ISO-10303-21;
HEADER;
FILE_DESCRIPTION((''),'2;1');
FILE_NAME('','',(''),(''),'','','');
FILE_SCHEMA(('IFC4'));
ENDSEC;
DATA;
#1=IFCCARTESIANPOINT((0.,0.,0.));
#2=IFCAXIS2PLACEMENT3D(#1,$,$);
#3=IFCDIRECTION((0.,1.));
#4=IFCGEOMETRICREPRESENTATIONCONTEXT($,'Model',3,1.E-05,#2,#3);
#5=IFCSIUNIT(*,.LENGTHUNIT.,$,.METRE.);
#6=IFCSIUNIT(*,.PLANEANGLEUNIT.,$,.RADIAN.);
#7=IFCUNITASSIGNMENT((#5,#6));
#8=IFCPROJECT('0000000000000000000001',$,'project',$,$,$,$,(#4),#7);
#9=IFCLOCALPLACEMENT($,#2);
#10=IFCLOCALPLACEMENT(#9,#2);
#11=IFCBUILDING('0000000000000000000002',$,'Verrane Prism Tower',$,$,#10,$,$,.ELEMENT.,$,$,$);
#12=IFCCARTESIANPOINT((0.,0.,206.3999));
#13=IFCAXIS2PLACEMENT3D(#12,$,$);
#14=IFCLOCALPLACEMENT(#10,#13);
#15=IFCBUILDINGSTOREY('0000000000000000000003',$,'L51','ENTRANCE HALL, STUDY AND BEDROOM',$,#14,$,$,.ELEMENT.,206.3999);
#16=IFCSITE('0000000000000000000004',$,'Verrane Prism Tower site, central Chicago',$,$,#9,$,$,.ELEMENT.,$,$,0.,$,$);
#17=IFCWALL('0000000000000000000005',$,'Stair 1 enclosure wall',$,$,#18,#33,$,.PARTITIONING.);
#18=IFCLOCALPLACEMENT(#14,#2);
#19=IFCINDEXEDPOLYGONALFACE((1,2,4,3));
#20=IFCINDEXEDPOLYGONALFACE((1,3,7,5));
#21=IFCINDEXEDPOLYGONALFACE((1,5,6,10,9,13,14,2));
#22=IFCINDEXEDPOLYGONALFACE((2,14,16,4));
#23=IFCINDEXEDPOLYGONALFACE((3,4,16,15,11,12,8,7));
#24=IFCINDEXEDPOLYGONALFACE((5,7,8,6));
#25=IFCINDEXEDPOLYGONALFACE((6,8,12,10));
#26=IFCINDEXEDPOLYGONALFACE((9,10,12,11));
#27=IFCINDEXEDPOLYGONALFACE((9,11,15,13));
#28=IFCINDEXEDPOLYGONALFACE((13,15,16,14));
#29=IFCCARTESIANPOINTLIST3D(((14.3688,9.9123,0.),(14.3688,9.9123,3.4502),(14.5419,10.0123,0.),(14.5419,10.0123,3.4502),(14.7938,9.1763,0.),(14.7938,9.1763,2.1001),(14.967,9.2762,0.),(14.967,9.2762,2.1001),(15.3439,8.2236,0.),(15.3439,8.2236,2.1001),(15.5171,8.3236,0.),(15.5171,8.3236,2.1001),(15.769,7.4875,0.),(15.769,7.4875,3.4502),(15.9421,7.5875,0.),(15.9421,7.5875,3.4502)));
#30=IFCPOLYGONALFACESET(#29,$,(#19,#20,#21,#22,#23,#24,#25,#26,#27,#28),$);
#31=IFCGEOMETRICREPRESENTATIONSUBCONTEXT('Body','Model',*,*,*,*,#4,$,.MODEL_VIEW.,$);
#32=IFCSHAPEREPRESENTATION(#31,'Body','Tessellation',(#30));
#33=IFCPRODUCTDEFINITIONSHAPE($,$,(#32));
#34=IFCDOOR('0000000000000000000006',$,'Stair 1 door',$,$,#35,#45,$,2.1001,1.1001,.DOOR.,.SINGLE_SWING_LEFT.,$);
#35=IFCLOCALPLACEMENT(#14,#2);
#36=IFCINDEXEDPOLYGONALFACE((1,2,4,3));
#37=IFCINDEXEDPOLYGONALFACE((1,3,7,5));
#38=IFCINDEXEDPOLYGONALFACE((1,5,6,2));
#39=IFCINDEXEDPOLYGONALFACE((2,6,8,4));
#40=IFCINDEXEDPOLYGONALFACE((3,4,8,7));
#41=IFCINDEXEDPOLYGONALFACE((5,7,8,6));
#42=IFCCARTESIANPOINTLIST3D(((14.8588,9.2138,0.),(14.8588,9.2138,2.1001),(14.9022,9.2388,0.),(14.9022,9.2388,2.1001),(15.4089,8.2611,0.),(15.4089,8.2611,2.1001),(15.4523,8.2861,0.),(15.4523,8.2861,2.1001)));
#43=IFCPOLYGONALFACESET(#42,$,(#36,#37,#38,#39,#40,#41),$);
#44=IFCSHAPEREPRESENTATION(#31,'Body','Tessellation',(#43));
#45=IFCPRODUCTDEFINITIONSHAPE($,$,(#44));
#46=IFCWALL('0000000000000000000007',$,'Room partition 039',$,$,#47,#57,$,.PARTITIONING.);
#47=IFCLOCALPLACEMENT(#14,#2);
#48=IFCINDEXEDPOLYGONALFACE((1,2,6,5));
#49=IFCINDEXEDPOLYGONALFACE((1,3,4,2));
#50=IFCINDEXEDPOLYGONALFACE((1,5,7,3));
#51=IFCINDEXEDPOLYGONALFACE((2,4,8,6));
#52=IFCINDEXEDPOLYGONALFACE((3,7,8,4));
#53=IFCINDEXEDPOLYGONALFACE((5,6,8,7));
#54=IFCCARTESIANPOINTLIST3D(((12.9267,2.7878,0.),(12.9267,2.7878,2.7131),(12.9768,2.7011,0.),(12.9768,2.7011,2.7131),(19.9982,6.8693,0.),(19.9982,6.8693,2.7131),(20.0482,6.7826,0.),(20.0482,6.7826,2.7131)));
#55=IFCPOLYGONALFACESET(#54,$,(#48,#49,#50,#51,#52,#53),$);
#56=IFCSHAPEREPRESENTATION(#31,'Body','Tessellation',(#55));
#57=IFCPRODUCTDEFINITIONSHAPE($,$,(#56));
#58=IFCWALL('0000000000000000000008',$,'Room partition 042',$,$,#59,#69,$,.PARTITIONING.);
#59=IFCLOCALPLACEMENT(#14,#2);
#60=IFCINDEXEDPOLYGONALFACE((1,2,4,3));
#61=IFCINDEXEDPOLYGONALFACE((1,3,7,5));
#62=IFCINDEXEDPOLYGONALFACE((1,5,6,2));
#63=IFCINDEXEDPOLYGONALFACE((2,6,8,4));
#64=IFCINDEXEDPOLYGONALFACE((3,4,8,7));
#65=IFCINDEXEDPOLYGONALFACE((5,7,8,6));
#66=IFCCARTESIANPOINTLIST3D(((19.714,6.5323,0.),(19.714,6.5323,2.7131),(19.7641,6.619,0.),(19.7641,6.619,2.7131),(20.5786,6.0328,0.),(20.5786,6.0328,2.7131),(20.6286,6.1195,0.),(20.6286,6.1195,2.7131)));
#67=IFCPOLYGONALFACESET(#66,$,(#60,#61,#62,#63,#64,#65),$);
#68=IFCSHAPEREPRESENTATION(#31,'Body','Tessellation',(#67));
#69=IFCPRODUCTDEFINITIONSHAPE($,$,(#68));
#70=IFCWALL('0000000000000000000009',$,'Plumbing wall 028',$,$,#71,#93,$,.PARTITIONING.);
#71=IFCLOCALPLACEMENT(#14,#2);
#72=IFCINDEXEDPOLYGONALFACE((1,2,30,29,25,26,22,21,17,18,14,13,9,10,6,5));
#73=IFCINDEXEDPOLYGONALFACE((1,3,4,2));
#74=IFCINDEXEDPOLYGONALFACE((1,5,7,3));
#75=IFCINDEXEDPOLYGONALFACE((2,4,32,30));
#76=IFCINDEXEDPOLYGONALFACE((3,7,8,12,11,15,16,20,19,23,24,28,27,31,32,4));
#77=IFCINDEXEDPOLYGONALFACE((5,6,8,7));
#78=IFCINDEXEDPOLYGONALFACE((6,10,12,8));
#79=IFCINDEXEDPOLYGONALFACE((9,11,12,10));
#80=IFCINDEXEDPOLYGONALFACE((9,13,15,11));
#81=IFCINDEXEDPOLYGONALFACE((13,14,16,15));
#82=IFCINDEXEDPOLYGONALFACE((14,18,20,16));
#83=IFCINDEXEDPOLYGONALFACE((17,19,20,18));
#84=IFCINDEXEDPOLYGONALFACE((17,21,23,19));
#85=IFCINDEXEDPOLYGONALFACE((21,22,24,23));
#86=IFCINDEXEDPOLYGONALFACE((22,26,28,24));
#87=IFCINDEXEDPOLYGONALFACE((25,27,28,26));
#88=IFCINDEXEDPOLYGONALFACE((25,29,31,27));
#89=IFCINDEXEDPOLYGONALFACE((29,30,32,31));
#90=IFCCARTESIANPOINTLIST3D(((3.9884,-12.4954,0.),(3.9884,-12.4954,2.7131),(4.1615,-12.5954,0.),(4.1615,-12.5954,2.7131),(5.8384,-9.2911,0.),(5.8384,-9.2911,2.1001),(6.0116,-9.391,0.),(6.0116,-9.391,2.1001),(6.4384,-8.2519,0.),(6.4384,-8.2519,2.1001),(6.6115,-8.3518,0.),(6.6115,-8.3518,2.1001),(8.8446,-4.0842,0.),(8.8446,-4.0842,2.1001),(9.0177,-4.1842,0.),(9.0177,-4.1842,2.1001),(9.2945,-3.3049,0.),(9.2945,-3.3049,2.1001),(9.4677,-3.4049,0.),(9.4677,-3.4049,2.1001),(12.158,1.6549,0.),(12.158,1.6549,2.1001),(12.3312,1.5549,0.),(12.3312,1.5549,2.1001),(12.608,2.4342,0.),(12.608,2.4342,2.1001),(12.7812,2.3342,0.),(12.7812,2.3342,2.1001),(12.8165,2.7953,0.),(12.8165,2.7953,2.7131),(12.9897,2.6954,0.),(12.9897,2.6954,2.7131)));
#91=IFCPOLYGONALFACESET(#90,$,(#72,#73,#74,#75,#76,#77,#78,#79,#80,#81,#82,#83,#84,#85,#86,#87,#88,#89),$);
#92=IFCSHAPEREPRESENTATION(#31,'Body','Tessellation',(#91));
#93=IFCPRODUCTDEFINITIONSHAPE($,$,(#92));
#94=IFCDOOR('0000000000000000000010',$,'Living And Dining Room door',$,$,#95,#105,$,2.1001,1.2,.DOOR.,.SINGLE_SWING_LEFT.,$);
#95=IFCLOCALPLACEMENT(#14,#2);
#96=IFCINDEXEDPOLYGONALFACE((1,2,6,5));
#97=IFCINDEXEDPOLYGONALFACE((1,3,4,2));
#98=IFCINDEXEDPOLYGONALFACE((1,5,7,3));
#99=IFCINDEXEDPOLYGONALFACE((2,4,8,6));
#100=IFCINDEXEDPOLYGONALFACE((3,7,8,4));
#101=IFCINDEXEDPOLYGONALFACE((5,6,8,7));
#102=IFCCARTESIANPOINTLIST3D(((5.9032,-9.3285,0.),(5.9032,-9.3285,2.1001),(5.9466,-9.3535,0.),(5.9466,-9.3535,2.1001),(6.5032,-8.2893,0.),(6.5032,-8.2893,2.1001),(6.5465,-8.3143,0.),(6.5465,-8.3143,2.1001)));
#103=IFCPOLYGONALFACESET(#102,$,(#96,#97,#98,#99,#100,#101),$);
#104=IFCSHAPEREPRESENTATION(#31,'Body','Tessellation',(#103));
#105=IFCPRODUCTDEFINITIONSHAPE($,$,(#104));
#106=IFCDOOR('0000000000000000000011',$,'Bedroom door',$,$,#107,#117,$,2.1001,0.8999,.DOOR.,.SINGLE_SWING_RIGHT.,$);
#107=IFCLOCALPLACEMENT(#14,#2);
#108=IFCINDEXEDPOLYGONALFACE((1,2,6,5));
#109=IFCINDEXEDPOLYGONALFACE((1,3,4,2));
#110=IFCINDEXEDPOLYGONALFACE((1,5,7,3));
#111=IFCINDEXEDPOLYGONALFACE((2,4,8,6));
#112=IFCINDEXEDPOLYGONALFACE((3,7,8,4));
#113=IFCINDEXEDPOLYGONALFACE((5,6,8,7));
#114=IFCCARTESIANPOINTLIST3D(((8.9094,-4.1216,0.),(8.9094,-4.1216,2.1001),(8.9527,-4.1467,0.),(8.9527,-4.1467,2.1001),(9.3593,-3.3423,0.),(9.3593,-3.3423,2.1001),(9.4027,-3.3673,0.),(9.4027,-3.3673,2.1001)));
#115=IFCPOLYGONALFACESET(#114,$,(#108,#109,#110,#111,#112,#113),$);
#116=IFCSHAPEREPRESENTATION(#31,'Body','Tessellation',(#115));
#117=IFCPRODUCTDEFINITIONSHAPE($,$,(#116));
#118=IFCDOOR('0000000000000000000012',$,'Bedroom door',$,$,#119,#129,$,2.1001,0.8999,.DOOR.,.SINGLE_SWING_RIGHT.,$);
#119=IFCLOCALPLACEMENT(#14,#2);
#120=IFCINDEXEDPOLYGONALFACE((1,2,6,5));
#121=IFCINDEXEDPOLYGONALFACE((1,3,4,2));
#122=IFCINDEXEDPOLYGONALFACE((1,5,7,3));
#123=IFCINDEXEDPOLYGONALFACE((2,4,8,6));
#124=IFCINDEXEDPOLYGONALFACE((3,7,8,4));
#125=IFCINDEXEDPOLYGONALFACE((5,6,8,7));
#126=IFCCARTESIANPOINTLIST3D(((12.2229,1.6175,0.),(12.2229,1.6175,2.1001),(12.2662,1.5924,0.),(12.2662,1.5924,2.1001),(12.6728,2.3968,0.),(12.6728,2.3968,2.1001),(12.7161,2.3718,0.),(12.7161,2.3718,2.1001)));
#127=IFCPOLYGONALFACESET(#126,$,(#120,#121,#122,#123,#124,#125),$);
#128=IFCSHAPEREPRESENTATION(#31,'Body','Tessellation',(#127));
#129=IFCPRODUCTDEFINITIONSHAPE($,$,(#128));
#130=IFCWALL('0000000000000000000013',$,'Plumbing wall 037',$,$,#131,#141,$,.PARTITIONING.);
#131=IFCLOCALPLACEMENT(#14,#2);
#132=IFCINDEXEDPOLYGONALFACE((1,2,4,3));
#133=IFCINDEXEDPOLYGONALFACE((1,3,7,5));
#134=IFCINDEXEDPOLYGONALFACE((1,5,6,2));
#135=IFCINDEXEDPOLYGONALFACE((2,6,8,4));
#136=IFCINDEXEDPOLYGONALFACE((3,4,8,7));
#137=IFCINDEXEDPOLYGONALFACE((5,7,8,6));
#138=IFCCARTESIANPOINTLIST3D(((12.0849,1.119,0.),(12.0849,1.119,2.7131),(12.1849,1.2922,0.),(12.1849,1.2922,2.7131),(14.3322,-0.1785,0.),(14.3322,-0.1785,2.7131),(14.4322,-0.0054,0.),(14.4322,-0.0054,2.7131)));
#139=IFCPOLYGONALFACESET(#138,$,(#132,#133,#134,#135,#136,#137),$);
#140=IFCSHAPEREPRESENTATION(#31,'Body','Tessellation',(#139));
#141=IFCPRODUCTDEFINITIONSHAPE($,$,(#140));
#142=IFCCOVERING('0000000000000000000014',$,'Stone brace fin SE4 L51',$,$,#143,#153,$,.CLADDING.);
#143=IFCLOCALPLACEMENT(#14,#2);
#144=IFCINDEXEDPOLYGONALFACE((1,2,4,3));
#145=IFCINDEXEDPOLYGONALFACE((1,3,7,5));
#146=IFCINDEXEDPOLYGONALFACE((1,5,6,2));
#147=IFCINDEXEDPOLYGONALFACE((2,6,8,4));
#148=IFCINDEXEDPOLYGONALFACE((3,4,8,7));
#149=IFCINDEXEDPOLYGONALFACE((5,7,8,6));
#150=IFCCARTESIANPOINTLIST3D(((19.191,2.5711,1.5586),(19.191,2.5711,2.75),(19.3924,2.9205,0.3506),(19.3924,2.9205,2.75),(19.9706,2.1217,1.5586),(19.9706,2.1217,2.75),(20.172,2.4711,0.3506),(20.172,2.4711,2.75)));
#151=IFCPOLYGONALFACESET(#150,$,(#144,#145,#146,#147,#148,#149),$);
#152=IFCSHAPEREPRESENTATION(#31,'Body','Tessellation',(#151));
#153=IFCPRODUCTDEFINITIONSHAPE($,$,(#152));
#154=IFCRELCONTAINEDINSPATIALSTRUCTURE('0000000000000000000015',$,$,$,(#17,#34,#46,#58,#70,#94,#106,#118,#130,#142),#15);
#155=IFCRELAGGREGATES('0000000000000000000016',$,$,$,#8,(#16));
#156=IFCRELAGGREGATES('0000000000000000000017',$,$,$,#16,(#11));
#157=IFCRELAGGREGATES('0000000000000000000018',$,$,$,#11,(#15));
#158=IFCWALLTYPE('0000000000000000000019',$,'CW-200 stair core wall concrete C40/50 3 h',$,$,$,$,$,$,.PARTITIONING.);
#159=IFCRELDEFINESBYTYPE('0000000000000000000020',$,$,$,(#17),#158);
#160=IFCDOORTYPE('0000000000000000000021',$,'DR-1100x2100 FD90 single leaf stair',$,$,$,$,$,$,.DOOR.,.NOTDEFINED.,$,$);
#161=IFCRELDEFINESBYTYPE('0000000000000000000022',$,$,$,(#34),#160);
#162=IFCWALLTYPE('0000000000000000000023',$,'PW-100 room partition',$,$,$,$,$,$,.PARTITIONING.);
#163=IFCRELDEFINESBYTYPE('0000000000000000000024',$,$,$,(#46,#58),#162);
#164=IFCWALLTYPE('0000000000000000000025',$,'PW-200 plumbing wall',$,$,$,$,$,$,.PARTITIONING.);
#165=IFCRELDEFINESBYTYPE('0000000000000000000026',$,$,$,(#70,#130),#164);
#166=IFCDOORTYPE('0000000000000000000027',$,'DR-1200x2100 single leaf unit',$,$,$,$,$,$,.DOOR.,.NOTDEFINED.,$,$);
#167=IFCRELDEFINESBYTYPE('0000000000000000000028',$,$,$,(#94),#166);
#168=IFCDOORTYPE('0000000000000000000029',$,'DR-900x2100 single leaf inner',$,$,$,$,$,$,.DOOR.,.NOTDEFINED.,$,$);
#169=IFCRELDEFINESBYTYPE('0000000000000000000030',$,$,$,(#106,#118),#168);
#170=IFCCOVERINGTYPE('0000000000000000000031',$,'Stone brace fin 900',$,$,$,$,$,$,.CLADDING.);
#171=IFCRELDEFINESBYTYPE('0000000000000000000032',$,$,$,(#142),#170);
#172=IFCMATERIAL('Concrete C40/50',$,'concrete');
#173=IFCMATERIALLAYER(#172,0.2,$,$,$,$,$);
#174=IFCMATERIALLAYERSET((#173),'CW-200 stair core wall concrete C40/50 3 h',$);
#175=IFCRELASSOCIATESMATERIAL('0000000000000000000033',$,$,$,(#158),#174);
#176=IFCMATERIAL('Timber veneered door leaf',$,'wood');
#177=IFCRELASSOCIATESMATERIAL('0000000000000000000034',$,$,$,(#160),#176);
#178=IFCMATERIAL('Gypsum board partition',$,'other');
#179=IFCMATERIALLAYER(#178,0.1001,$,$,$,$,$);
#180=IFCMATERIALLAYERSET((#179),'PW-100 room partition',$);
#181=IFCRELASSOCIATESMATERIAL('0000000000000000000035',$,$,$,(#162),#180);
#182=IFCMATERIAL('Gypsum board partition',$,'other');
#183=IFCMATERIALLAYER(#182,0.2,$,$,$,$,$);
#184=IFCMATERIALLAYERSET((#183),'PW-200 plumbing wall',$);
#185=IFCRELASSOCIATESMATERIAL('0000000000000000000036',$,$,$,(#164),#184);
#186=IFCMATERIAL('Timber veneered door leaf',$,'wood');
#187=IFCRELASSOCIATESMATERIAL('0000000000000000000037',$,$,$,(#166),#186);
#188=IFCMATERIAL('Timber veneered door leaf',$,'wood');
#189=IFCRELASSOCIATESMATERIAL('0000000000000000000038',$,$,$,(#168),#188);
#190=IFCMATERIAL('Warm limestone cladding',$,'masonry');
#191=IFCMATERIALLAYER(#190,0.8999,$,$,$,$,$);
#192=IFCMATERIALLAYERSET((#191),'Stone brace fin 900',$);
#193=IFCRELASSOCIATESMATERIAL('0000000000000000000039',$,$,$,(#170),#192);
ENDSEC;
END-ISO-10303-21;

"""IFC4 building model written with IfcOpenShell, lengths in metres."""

from ifc_helpers import new_model, si_unit, direction, frame, frame_2d, origin, place, context, subcontext, project, spatial, polyline, rectangle, outline, extrude, material, layer, layer_set, type_object, element, fill, save


model = new_model("IFC4")

# Units and contexts
model_context = context("Model", 3, precision=1e-05, world=origin(), true_north=direction((0.0, 1.0)))
body_context = subcontext(model_context, "Body", "Model", "MODEL_VIEW")
ifc_project = project(units=[si_unit("LENGTHUNIT", "METRE"), si_unit("PLANEANGLEUNIT", "RADIAN")], contexts=[model_context])

# Site, building, storey
site_placement = place(None, origin())
site = spatial("IfcSite", under=ifc_project, at=site_placement, Name="Verrane Prism Tower site, central Chicago", CompositionType="ELEMENT", RefElevation=0.0)
building_placement = place(site_placement, origin())
building = spatial("IfcBuilding", under=site, at=building_placement, Name="Verrane Prism Tower", CompositionType="ELEMENT")
storey_placement = place(building_placement, frame((0.0, 0.0, 206.3999)))
storey = spatial("IfcBuildingStorey", under=building, at=storey_placement, Name="L51", Description="ENTRANCE HALL, STUDY AND BEDROOM", CompositionType="ELEMENT", Elevation=206.3999)

# Wall, opening, door
ifc_material_1 = material(Name="Concrete C40/50", Category="concrete")
ifc_layer_1 = layer(ifc_material_1, 0.2)
ifc_layer_set_1 = layer_set([ifc_layer_1], Name="CW-200 stair core wall concrete C40/50 3 h")
wall_type_1 = type_object("IfcWallType", Name="CW-200 stair core wall concrete C40/50 3 h", PredefinedType="PARTITIONING", material=ifc_layer_set_1)
wall_1_placement = place(storey_placement, frame((15.8555, 7.5376, 0.0), z_axis=(0.0, 0.0, 1.0), x_axis=(-0.50005, 0.865997, 0.0)))
wall_1 = element("IfcWall", 1, at=wall_1_placement, inside=storey, type_object=wall_type_1, Name="Stair 1 enclosure wall", PredefinedType="PARTITIONING", context=body_context, shape_type="SweptSolid", body=[
    extrude(rectangle(XDim=2.8, YDim=0.2, at=frame_2d((1.3999, 0.0))), origin(), (0.0, 0.0, 1.0), 3.4502),
])
opening_1_placement = place(wall_1_placement, frame((0.8499, 0.0, 0.0)))
opening_1 = element("IfcOpeningElement", 2, at=opening_1_placement, cuts=wall_1, PredefinedType="OPENING", context=body_context, shape_type="SweptSolid", body=[
    extrude(rectangle(XDim=1.1001, YDim=2.1001, at=frame_2d((0.55, 1.05))), frame((0.0, 0.1099, 0.0), z_axis=(0.0, -1.0, 0.0), x_axis=(1.0, 0.0, 0.0)), (0.0, 0.0, 1.0), 0.22),
])
ifc_material_2 = material(Name="Timber veneered door leaf", Category="wood")
door_type_1 = type_object("IfcDoorType", Name="DR-1100x2100 FD90 single leaf stair", OperationType="NOTDEFINED", PredefinedType="DOOR", material=ifc_material_2)
door_1_placement = place(opening_1_placement, origin())
door_1 = element("IfcDoor", 3, at=door_1_placement, inside=storey, type_object=door_type_1, Name="Stair 1 door", OperationType="SINGLE_SWING_LEFT", OverallHeight=2.1001, OverallWidth=1.1001, PredefinedType="DOOR", context=body_context, shape_type="SweptSolid", body=[
    extrude(rectangle(XDim=1.1001, YDim=2.1001, at=frame_2d((0.55, 1.05))), frame((0.0, 0.0249, 0.0), z_axis=(0.0, -1.0, 0.0), x_axis=(1.0, 0.0, 0.0)), (0.0, 0.0, 1.0), 0.05),
])
fill(opening_1, door_1)

# Walls
ifc_material_3 = material(Name="Gypsum board partition", Category="other")
ifc_layer_2 = layer(ifc_material_3, 0.1001)
ifc_layer_set_2 = layer_set([ifc_layer_2], Name="PW-100 room partition")
wall_type_2 = type_object("IfcWallType", Name="PW-100 room partition", PredefinedType="PARTITIONING", material=ifc_layer_set_2)
wall_2_placement = place(storey_placement, frame((12.9517, 2.7444, 0.0), z_axis=(0.0, 0.0, 1.0), x_axis=(0.866089, 0.499889, 0.0)))
element("IfcWall", 4, at=wall_2_placement, inside=storey, type_object=wall_type_2, Name="Room partition 039", PredefinedType="PARTITIONING", context=body_context, shape_type="SweptSolid", body=[
    extrude(rectangle(XDim=8.1648, YDim=0.1001, at=frame_2d((4.0825, 0.0))), origin(), (0.0, 0.0, 1.0), 2.7131),
])
wall_3_placement = place(storey_placement, frame((19.739, 6.5757, 0.0), z_axis=(0.0, 0.0, 1.0), x_axis=(0.865856, -0.500294, 0.0)))
element("IfcWall", 5, at=wall_3_placement, inside=storey, type_object=wall_type_2, Name="Room partition 042", PredefinedType="PARTITIONING", context=body_context, shape_type="SweptSolid", body=[
    extrude(rectangle(XDim=0.9985, YDim=0.1001, at=frame_2d((0.4993, 0.0))), origin(), (0.0, 0.0, 1.0), 2.7131),
])

# Wall, openings, doors
ifc_material_4 = material(Name="Gypsum board partition", Category="other")
ifc_layer_3 = layer(ifc_material_4, 0.2)
ifc_layer_set_3 = layer_set([ifc_layer_3], Name="PW-200 plumbing wall")
wall_type_3 = type_object("IfcWallType", Name="PW-200 plumbing wall", PredefinedType="PARTITIONING", material=ifc_layer_set_3)
wall_4_placement = place(storey_placement, frame((12.9031, 2.7454, 0.0), z_axis=(0.0, 0.0, 1.0), x_axis=(-0.5, -0.866026, 0.0)))
wall_4 = element("IfcWall", 6, at=wall_4_placement, inside=storey, type_object=wall_type_3, Name="Plumbing wall 028", PredefinedType="PARTITIONING", context=body_context, shape_type="SweptSolid", body=[
    extrude(rectangle(XDim=17.6562, YDim=0.2, at=frame_2d((8.8281, 0.0))), origin(), (0.0, 0.0, 1.0), 2.7131),
])
opening_2_placement = place(wall_4_placement, frame((12.7561, 0.0, 0.0)))
opening_2 = element("IfcOpeningElement", 7, at=opening_2_placement, cuts=wall_4, PredefinedType="OPENING", context=body_context, shape_type="SweptSolid", body=[
    extrude(rectangle(XDim=1.2, YDim=2.1001, at=frame_2d((0.6001, 1.05))), frame((0.0, 0.1099, 0.0), z_axis=(0.0, -1.0, 0.0), x_axis=(1.0, 0.0, 0.0)), (0.0, 0.0, 1.0), 0.22),
])
opening_3_placement = place(wall_4_placement, frame((7.0439, 0.0, 0.0)))
opening_3 = element("IfcOpeningElement", 8, at=opening_3_placement, cuts=wall_4, PredefinedType="OPENING", context=body_context, shape_type="SweptSolid", body=[
    extrude(rectangle(XDim=0.8999, YDim=2.1001, at=frame_2d((0.45, 1.05))), frame((0.0, 0.1099, 0.0), z_axis=(0.0, -1.0, 0.0), x_axis=(1.0, 0.0, 0.0)), (0.0, 0.0, 1.0), 0.22),
])
opening_4_placement = place(wall_4_placement, frame((0.417, 0.0, 0.0)))
opening_4 = element("IfcOpeningElement", 9, at=opening_4_placement, cuts=wall_4, PredefinedType="OPENING", context=body_context, shape_type="SweptSolid", body=[
    extrude(rectangle(XDim=0.8999, YDim=2.1001, at=frame_2d((0.45, 1.05))), frame((0.0, 0.1099, 0.0), z_axis=(0.0, -1.0, 0.0), x_axis=(1.0, 0.0, 0.0)), (0.0, 0.0, 1.0), 0.22),
])
ifc_material_5 = material(Name="Timber veneered door leaf", Category="wood")
door_type_2 = type_object("IfcDoorType", Name="DR-1200x2100 single leaf unit", OperationType="NOTDEFINED", PredefinedType="DOOR", material=ifc_material_5)
door_2_placement = place(opening_2_placement, origin())
door_2 = element("IfcDoor", 10, at=door_2_placement, inside=storey, type_object=door_type_2, Name="Living And Dining Room door", OperationType="SINGLE_SWING_LEFT", OverallHeight=2.1001, OverallWidth=1.2, PredefinedType="DOOR", context=body_context, shape_type="SweptSolid", body=[
    extrude(rectangle(XDim=1.2, YDim=2.1001, at=frame_2d((0.6001, 1.05))), frame((0.0, 0.0249, 0.0), z_axis=(0.0, -1.0, 0.0), x_axis=(1.0, 0.0, 0.0)), (0.0, 0.0, 1.0), 0.05),
])
fill(opening_2, door_2)
ifc_material_6 = material(Name="Timber veneered door leaf", Category="wood")
door_type_3 = type_object("IfcDoorType", Name="DR-900x2100 single leaf inner", OperationType="NOTDEFINED", PredefinedType="DOOR", material=ifc_material_6)
door_3_placement = place(opening_3_placement, origin())
door_3 = element("IfcDoor", 11, at=door_3_placement, inside=storey, type_object=door_type_3, Name="Bedroom door", OperationType="SINGLE_SWING_RIGHT", OverallHeight=2.1001, OverallWidth=0.8999, PredefinedType="DOOR", context=body_context, shape_type="SweptSolid", body=[
    extrude(rectangle(XDim=0.8999, YDim=2.1001, at=frame_2d((0.45, 1.05))), frame((0.0, 0.0249, 0.0), z_axis=(0.0, -1.0, 0.0), x_axis=(1.0, 0.0, 0.0)), (0.0, 0.0, 1.0), 0.05),
])
fill(opening_3, door_3)
door_4_placement = place(opening_4_placement, origin())
door_4 = element("IfcDoor", 12, at=door_4_placement, inside=storey, type_object=door_type_3, Name="Bedroom door", OperationType="SINGLE_SWING_RIGHT", OverallHeight=2.1001, OverallWidth=0.8999, PredefinedType="DOOR", context=body_context, shape_type="SweptSolid", body=[
    extrude(rectangle(XDim=0.8999, YDim=2.1001, at=frame_2d((0.45, 1.05))), frame((0.0, 0.0249, 0.0), z_axis=(0.0, -1.0, 0.0), x_axis=(1.0, 0.0, 0.0)), (0.0, 0.0, 1.0), 0.05),
])
fill(opening_4, door_4)

# Wall
wall_5_placement = place(storey_placement, frame((12.135, 1.2056, 0.0), z_axis=(0.0, 0.0, 1.0), x_axis=(0.866005, -0.500035, 0.0)))
element("IfcWall", 13, at=wall_5_placement, inside=storey, type_object=wall_type_3, Name="Plumbing wall 037", PredefinedType="PARTITIONING", context=body_context, shape_type="SweptSolid", body=[
    extrude(rectangle(XDim=2.595, YDim=0.2, at=frame_2d((1.2974, 0.0))), origin(), (0.0, 0.0, 1.0), 2.7131),
])

# Covering
ifc_material_7 = material(Name="Warm limestone cladding", Category="masonry")
ifc_layer_4 = layer(ifc_material_7, 0.8999)
ifc_layer_set_4 = layer_set([ifc_layer_4], Name="Stone brace fin 900")
covering_type = type_object("IfcCoveringType", Name="Stone brace fin 900", PredefinedType="CLADDING", material=ifc_layer_set_4)
covering_placement = place(storey_placement, frame((19.7822, 2.6958, 0.3506), z_axis=(0.0, 0.0, 1.0), x_axis=(-0.49946, -0.866337, 0.0)))
element("IfcCovering", 14, at=covering_placement, inside=storey, type_object=covering_type, Name="Stone brace fin SE4 L51", PredefinedType="CLADDING", context=body_context, shape_type="SweptSolid", body=[
    extrude(outline(polyline([(0.4033, 2.3994), (0.0, 2.3994), (0.0, 0.0), (0.4033, 1.208), (0.4033, 2.3994)])), frame((0.0, 0.45, 0.0), z_axis=(0.0, -1.0, 0.0), x_axis=(1.0, 0.0, 0.0)), (0.0, 0.0, 1.0), 0.8999),
])

save(model, "model.ifc")
